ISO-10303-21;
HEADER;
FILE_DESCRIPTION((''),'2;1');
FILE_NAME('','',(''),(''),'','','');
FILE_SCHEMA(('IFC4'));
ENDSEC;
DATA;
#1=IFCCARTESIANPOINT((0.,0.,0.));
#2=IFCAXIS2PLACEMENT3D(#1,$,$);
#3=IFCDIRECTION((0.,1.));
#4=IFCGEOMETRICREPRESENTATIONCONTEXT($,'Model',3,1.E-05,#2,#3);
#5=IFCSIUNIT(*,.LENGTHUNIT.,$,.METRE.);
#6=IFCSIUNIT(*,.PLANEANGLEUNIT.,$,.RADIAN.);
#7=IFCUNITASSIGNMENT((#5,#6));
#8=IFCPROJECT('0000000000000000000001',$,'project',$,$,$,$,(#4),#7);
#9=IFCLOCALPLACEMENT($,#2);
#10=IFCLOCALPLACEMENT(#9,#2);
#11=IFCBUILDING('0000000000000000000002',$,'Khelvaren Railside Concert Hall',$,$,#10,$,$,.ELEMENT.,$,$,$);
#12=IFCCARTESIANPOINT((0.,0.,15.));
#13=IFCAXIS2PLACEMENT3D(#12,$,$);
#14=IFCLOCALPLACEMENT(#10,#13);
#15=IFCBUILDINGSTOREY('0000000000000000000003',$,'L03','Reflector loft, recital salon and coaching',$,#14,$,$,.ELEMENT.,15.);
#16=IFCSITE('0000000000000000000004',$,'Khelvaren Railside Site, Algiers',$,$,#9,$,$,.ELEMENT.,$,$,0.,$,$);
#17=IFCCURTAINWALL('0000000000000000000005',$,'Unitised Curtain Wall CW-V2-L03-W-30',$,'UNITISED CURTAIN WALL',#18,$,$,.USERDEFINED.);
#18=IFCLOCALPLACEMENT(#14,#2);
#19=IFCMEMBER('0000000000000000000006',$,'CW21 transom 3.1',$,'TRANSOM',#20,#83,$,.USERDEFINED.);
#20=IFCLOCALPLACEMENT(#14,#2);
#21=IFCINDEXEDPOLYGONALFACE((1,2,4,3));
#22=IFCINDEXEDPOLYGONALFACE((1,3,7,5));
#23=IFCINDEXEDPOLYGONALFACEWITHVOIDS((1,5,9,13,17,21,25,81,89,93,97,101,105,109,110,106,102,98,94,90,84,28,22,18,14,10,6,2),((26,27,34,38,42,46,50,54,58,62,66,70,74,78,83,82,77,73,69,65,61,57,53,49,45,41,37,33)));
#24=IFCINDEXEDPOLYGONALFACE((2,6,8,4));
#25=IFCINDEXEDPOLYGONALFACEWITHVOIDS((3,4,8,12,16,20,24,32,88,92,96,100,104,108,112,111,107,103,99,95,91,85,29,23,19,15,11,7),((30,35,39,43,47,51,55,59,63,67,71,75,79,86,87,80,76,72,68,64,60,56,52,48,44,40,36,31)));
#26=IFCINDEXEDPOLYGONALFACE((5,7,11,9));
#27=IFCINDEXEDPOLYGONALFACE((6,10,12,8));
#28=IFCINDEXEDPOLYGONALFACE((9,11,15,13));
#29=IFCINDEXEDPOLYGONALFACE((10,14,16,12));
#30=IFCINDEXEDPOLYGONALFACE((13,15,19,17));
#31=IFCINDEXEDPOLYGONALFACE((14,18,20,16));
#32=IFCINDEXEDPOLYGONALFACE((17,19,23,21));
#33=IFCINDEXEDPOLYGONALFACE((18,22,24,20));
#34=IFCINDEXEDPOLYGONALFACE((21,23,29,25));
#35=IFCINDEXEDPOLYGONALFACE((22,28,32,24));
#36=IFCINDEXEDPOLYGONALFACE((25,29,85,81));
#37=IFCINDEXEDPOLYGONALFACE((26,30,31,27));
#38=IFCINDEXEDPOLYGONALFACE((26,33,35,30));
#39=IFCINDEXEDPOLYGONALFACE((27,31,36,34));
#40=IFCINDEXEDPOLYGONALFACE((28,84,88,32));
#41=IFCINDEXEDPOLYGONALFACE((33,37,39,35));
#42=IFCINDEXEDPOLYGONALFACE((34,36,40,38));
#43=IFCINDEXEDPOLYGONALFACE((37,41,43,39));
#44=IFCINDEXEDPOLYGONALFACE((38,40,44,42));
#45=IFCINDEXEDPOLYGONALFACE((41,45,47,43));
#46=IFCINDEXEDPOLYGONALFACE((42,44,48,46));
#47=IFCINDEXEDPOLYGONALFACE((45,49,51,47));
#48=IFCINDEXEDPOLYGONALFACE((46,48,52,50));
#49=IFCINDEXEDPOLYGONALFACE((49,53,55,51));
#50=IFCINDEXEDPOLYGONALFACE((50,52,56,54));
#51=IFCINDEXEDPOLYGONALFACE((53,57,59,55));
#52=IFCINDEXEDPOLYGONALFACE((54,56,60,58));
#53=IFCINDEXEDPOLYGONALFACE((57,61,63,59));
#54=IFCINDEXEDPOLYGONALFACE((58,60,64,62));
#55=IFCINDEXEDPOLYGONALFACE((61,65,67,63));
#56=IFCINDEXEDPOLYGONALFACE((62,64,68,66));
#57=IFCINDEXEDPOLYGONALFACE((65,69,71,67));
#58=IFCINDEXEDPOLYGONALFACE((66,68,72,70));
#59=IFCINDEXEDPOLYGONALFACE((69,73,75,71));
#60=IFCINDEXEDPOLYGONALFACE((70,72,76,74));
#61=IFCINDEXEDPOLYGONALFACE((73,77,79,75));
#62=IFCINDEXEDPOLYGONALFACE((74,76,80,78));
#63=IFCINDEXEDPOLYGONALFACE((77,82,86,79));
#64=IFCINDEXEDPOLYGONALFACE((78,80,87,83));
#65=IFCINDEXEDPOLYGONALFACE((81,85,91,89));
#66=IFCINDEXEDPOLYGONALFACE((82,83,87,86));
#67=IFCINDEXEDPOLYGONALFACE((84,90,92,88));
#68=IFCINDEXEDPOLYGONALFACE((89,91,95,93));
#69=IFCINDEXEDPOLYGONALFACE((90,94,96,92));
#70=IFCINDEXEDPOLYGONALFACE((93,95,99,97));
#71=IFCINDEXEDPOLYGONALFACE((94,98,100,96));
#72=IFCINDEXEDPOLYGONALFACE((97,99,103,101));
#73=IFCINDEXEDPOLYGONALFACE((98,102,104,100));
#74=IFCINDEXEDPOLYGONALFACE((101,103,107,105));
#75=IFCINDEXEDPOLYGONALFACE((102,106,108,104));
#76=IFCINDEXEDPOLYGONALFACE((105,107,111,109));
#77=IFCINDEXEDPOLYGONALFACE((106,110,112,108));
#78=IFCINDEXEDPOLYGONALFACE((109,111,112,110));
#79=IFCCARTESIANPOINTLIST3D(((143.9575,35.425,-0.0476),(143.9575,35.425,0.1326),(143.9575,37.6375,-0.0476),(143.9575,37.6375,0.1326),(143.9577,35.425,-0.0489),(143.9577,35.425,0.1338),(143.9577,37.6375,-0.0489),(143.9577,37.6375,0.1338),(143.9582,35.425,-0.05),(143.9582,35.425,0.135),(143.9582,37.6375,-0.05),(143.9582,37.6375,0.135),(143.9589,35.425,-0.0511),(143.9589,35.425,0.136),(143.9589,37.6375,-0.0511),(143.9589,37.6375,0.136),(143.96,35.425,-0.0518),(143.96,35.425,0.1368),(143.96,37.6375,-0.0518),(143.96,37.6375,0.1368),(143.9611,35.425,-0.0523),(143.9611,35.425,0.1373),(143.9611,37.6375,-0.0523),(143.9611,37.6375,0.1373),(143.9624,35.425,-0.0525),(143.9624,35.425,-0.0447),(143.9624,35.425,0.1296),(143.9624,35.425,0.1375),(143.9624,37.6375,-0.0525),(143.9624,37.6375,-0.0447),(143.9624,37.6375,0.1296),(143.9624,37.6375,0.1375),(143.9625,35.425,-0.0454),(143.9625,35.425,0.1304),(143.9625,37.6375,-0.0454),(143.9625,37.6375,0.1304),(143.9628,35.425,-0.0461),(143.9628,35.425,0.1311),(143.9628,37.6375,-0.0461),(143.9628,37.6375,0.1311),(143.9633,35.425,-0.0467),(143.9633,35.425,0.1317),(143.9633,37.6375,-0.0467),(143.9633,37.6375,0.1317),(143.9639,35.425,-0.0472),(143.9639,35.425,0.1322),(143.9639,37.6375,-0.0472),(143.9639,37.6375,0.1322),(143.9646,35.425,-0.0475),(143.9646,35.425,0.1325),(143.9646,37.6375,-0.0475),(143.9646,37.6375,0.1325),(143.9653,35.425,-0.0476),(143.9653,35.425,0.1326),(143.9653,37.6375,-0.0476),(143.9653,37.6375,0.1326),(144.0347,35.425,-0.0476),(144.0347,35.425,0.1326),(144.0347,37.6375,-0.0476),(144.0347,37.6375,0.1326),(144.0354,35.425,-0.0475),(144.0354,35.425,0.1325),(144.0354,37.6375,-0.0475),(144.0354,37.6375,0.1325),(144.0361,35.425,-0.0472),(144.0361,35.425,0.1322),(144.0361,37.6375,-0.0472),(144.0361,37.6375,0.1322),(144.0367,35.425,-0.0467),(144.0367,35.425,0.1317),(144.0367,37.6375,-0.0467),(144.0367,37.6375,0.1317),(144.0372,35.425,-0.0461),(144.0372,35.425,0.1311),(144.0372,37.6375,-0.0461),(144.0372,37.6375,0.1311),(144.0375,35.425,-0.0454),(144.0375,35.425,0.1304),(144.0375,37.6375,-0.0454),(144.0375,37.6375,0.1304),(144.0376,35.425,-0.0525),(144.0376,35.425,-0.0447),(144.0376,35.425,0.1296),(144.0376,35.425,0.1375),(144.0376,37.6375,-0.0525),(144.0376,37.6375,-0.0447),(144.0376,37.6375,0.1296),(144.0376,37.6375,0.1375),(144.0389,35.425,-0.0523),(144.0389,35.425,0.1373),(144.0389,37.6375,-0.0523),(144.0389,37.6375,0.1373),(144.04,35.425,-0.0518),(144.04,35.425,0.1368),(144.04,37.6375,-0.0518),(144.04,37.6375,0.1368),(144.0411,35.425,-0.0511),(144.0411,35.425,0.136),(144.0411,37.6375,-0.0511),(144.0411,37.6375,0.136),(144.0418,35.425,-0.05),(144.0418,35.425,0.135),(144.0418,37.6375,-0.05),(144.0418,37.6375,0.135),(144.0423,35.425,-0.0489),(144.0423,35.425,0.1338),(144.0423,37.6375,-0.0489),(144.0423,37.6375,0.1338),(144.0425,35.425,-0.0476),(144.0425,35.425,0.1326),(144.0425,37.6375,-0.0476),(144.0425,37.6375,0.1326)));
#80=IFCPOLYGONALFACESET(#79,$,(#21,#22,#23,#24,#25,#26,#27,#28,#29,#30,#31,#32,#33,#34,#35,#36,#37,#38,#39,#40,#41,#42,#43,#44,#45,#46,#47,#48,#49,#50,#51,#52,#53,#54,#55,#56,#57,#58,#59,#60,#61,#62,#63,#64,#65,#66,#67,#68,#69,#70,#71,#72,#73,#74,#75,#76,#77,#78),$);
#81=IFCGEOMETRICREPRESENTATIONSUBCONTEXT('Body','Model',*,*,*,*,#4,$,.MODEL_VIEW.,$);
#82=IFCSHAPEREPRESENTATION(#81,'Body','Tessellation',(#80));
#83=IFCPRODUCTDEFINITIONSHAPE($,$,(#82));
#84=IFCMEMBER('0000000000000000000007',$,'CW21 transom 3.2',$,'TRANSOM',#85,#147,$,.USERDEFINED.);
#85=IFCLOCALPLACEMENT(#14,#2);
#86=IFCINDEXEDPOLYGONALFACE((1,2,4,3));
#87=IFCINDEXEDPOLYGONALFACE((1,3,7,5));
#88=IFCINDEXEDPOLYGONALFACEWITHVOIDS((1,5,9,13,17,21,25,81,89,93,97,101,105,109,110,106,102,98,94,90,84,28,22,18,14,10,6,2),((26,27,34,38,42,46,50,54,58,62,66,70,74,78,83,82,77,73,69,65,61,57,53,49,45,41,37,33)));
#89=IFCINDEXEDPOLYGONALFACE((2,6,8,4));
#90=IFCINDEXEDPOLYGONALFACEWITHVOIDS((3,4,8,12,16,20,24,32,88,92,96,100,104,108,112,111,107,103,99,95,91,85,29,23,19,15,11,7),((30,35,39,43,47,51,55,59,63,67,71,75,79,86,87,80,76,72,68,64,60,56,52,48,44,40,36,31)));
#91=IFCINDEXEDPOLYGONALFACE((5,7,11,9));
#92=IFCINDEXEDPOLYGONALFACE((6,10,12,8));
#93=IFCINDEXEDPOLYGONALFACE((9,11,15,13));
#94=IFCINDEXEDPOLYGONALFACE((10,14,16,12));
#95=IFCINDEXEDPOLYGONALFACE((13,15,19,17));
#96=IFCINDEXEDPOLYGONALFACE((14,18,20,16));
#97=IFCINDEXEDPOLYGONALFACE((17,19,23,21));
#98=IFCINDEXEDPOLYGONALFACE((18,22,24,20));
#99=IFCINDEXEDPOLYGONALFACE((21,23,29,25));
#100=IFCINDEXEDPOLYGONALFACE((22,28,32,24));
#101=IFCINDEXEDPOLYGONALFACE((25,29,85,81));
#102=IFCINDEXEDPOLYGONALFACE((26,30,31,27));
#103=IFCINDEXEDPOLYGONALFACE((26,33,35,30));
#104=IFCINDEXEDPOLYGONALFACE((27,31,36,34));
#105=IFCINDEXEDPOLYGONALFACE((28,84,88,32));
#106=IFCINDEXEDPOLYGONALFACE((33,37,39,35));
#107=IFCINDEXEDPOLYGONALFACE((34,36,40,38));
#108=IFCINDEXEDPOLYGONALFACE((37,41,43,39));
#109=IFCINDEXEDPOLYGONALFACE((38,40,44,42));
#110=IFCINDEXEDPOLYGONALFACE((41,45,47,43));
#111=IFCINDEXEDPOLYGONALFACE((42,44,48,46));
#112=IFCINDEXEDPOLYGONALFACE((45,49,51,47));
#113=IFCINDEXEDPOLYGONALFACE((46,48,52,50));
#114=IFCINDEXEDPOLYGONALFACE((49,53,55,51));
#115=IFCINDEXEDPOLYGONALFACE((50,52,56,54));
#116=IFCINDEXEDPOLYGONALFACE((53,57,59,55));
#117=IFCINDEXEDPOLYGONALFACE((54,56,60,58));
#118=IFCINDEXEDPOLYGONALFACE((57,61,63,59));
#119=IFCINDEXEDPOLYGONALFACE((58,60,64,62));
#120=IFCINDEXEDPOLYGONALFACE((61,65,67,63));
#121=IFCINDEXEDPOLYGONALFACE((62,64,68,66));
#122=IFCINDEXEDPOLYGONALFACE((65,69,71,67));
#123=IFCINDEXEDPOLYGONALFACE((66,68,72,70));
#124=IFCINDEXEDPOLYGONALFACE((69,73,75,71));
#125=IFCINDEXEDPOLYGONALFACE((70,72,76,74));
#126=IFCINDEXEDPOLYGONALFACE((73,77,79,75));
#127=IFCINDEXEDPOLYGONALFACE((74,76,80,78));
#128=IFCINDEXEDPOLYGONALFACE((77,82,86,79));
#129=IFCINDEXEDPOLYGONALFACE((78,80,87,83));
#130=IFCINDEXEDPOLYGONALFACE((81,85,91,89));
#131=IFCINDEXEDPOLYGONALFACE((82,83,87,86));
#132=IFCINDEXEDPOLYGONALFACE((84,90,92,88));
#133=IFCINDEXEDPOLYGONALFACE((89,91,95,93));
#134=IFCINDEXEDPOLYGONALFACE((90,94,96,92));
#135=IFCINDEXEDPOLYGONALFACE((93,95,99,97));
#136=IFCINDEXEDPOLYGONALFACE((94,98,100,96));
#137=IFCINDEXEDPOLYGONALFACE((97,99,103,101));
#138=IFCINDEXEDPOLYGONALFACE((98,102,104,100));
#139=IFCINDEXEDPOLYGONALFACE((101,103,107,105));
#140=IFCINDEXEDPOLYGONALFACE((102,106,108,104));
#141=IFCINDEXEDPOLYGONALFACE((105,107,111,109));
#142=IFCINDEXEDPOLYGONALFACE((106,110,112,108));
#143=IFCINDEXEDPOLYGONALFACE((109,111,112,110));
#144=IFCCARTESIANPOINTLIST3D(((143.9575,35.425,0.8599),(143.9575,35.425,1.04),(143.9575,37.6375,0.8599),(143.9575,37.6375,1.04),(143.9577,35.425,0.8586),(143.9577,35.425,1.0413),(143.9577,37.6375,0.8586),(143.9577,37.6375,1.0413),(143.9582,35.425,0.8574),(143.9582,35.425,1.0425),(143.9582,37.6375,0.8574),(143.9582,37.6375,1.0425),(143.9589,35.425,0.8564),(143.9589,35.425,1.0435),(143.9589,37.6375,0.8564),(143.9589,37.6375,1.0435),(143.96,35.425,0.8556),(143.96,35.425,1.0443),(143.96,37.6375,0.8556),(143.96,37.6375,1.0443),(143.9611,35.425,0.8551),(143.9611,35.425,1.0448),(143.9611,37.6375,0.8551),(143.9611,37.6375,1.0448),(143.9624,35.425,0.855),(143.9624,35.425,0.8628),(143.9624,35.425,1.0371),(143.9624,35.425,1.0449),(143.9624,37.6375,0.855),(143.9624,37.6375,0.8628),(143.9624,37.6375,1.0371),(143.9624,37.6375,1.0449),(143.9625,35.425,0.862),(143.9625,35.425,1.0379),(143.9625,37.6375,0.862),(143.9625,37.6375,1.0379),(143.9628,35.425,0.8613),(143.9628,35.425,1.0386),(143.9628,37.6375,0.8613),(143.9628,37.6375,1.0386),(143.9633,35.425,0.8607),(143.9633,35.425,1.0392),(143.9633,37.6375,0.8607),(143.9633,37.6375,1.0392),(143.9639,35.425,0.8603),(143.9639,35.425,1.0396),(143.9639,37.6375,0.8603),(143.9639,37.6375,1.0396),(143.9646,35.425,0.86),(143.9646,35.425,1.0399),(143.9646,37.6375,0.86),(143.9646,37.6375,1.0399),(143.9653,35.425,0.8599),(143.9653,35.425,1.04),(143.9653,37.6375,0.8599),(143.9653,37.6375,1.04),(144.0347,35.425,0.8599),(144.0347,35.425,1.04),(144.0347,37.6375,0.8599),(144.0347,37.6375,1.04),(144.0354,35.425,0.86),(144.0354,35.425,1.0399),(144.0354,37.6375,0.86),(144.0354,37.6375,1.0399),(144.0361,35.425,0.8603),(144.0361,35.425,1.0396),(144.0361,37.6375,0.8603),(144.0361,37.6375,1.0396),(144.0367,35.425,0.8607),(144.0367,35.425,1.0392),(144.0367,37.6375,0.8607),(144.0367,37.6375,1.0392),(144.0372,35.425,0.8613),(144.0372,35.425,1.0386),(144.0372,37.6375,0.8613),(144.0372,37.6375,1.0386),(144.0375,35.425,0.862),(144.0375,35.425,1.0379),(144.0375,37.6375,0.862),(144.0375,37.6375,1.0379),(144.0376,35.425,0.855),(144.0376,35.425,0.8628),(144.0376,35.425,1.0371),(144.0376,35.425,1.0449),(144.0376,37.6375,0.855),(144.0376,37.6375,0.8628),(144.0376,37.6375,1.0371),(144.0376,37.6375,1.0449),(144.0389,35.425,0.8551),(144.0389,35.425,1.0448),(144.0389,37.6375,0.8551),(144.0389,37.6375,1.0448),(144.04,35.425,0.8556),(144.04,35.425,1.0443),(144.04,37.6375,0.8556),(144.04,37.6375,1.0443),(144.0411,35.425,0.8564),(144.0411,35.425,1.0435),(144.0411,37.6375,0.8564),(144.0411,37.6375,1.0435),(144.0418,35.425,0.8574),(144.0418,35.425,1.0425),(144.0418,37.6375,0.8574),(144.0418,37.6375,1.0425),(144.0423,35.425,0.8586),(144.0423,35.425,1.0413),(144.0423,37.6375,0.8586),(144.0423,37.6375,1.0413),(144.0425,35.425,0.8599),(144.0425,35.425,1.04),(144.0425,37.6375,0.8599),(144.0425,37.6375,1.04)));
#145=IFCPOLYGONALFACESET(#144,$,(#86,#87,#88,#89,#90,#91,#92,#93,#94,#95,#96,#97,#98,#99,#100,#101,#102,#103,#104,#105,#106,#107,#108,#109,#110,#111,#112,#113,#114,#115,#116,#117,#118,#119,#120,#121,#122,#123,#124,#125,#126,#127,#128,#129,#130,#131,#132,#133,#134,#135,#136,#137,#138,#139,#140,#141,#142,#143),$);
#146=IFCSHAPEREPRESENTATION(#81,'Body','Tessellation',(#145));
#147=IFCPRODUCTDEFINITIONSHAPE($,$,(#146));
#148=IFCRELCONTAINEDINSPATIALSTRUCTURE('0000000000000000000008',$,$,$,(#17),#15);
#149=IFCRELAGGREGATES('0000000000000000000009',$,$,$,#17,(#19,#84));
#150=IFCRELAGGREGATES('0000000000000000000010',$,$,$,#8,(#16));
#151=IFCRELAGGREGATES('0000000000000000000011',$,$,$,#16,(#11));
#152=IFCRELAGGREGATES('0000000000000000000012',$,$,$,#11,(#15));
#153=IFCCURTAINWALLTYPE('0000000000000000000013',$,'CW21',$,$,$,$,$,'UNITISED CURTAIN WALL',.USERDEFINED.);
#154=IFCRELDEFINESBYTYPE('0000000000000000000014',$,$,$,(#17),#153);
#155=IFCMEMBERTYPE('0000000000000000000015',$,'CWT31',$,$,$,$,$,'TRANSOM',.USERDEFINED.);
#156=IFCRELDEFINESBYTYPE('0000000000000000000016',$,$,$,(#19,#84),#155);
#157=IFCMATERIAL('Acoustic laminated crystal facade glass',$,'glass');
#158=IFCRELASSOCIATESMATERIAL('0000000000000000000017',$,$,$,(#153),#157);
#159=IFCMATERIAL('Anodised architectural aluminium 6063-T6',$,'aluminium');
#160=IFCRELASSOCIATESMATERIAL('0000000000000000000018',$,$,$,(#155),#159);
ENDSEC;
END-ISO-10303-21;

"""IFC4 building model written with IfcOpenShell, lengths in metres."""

from ifc_helpers import new_model, si_unit, direction, frame, origin, origin_2d, place, context, subcontext, project, spatial, hollow_rectangle, extrude, material, material_profile, profile_set, type_object, element, aggregate, save


model = new_model("IFC4")

# Units and contexts
model_context = context("Model", 3, precision=1e-05, world=origin(), true_north=direction((0.0, 1.0)))
body_context = subcontext(model_context, "Body", "Model", "MODEL_VIEW")
ifc_project = project(units=[si_unit("LENGTHUNIT", "METRE"), si_unit("PLANEANGLEUNIT", "RADIAN")], contexts=[model_context])

# Site, building, storey
site_placement = place(None, origin())
site = spatial("IfcSite", under=ifc_project, at=site_placement, Name="Khelvaren Railside Site, Algiers", CompositionType="ELEMENT", RefElevation=0.0)
building_placement = place(site_placement, origin())
building = spatial("IfcBuilding", under=site, at=building_placement, Name="Khelvaren Railside Concert Hall", CompositionType="ELEMENT")
storey_placement = place(building_placement, frame((0.0, 0.0, 15.0)))
storey = spatial("IfcBuildingStorey", under=building, at=storey_placement, Name="L03", Description="Reflector loft, recital salon and coaching", CompositionType="ELEMENT", Elevation=15.0)

# Shared definitions
ifc_material_1 = material(Name="Anodised architectural aluminium 6063-T6", Category="aluminium")

# Curtain wall, members
ifc_material_2 = material(Name="Acoustic laminated crystal facade glass", Category="glass")
curtain_wall_type_1 = type_object("IfcCurtainWallType", Name="CW21", ElementType="UNITISED CURTAIN WALL", PredefinedType="USERDEFINED", material=ifc_material_2)
curtain_wall_1_placement = place(storey_placement, origin())
curtain_wall_1 = element("IfcCurtainWall", 1, at=curtain_wall_1_placement, inside=storey, type_object=curtain_wall_type_1, Name="Unitised Curtain Wall CW-V2-L03-W-30", ObjectType="UNITISED CURTAIN WALL", PredefinedType="USERDEFINED")
ifc_material_profile_1 = material_profile(ifc_material_1, hollow_rectangle(XDim=0.085, YDim=0.1899, WallThickness=0.0049, InnerFilletRadius=0.0029, OuterFilletRadius=0.0049, at=origin_2d()), Name="CWT 85x190x5")
ifc_profile_set_1 = profile_set([ifc_material_profile_1], Name="Anodised architectural aluminium 6063-T6")
member_type_1 = type_object("IfcMemberType", Name="CWT31", ElementType="TRANSOM", PredefinedType="USERDEFINED", material=ifc_profile_set_1)
member_1_placement = place(storey_placement, frame((144.0, 35.425, 0.0425), z_axis=(0.0, 1.0, 0.0), x_axis=(-1.0, 0.0, 0.0)))
member_1 = element("IfcMember", 2, at=member_1_placement, type_object=member_type_1, Name="CW21 transom 3.1", ObjectType="TRANSOM", PredefinedType="USERDEFINED", context=body_context, shape_type="SweptSolid", body=[
    extrude(hollow_rectangle(XDim=0.085, YDim=0.1899, WallThickness=0.0049, InnerFilletRadius=0.0029, OuterFilletRadius=0.0049, at=origin_2d()), origin(), (0.0, 0.0, 1.0), 2.2124),
])
member_2_placement = place(storey_placement, frame((144.0, 35.425, 0.95), z_axis=(0.0, 1.0, 0.0), x_axis=(-1.0, 0.0, 0.0)))
member_2 = element("IfcMember", 3, at=member_2_placement, type_object=member_type_1, Name="CW21 transom 3.2", ObjectType="TRANSOM", PredefinedType="USERDEFINED", context=body_context, shape_type="SweptSolid", body=[
    extrude(hollow_rectangle(XDim=0.085, YDim=0.1899, WallThickness=0.0049, InnerFilletRadius=0.0029, OuterFilletRadius=0.0049, at=origin_2d()), origin(), (0.0, 0.0, 1.0), 2.2124),
])

aggregate(curtain_wall_1, [member_1, member_2])

save(model, "model.ifc")
